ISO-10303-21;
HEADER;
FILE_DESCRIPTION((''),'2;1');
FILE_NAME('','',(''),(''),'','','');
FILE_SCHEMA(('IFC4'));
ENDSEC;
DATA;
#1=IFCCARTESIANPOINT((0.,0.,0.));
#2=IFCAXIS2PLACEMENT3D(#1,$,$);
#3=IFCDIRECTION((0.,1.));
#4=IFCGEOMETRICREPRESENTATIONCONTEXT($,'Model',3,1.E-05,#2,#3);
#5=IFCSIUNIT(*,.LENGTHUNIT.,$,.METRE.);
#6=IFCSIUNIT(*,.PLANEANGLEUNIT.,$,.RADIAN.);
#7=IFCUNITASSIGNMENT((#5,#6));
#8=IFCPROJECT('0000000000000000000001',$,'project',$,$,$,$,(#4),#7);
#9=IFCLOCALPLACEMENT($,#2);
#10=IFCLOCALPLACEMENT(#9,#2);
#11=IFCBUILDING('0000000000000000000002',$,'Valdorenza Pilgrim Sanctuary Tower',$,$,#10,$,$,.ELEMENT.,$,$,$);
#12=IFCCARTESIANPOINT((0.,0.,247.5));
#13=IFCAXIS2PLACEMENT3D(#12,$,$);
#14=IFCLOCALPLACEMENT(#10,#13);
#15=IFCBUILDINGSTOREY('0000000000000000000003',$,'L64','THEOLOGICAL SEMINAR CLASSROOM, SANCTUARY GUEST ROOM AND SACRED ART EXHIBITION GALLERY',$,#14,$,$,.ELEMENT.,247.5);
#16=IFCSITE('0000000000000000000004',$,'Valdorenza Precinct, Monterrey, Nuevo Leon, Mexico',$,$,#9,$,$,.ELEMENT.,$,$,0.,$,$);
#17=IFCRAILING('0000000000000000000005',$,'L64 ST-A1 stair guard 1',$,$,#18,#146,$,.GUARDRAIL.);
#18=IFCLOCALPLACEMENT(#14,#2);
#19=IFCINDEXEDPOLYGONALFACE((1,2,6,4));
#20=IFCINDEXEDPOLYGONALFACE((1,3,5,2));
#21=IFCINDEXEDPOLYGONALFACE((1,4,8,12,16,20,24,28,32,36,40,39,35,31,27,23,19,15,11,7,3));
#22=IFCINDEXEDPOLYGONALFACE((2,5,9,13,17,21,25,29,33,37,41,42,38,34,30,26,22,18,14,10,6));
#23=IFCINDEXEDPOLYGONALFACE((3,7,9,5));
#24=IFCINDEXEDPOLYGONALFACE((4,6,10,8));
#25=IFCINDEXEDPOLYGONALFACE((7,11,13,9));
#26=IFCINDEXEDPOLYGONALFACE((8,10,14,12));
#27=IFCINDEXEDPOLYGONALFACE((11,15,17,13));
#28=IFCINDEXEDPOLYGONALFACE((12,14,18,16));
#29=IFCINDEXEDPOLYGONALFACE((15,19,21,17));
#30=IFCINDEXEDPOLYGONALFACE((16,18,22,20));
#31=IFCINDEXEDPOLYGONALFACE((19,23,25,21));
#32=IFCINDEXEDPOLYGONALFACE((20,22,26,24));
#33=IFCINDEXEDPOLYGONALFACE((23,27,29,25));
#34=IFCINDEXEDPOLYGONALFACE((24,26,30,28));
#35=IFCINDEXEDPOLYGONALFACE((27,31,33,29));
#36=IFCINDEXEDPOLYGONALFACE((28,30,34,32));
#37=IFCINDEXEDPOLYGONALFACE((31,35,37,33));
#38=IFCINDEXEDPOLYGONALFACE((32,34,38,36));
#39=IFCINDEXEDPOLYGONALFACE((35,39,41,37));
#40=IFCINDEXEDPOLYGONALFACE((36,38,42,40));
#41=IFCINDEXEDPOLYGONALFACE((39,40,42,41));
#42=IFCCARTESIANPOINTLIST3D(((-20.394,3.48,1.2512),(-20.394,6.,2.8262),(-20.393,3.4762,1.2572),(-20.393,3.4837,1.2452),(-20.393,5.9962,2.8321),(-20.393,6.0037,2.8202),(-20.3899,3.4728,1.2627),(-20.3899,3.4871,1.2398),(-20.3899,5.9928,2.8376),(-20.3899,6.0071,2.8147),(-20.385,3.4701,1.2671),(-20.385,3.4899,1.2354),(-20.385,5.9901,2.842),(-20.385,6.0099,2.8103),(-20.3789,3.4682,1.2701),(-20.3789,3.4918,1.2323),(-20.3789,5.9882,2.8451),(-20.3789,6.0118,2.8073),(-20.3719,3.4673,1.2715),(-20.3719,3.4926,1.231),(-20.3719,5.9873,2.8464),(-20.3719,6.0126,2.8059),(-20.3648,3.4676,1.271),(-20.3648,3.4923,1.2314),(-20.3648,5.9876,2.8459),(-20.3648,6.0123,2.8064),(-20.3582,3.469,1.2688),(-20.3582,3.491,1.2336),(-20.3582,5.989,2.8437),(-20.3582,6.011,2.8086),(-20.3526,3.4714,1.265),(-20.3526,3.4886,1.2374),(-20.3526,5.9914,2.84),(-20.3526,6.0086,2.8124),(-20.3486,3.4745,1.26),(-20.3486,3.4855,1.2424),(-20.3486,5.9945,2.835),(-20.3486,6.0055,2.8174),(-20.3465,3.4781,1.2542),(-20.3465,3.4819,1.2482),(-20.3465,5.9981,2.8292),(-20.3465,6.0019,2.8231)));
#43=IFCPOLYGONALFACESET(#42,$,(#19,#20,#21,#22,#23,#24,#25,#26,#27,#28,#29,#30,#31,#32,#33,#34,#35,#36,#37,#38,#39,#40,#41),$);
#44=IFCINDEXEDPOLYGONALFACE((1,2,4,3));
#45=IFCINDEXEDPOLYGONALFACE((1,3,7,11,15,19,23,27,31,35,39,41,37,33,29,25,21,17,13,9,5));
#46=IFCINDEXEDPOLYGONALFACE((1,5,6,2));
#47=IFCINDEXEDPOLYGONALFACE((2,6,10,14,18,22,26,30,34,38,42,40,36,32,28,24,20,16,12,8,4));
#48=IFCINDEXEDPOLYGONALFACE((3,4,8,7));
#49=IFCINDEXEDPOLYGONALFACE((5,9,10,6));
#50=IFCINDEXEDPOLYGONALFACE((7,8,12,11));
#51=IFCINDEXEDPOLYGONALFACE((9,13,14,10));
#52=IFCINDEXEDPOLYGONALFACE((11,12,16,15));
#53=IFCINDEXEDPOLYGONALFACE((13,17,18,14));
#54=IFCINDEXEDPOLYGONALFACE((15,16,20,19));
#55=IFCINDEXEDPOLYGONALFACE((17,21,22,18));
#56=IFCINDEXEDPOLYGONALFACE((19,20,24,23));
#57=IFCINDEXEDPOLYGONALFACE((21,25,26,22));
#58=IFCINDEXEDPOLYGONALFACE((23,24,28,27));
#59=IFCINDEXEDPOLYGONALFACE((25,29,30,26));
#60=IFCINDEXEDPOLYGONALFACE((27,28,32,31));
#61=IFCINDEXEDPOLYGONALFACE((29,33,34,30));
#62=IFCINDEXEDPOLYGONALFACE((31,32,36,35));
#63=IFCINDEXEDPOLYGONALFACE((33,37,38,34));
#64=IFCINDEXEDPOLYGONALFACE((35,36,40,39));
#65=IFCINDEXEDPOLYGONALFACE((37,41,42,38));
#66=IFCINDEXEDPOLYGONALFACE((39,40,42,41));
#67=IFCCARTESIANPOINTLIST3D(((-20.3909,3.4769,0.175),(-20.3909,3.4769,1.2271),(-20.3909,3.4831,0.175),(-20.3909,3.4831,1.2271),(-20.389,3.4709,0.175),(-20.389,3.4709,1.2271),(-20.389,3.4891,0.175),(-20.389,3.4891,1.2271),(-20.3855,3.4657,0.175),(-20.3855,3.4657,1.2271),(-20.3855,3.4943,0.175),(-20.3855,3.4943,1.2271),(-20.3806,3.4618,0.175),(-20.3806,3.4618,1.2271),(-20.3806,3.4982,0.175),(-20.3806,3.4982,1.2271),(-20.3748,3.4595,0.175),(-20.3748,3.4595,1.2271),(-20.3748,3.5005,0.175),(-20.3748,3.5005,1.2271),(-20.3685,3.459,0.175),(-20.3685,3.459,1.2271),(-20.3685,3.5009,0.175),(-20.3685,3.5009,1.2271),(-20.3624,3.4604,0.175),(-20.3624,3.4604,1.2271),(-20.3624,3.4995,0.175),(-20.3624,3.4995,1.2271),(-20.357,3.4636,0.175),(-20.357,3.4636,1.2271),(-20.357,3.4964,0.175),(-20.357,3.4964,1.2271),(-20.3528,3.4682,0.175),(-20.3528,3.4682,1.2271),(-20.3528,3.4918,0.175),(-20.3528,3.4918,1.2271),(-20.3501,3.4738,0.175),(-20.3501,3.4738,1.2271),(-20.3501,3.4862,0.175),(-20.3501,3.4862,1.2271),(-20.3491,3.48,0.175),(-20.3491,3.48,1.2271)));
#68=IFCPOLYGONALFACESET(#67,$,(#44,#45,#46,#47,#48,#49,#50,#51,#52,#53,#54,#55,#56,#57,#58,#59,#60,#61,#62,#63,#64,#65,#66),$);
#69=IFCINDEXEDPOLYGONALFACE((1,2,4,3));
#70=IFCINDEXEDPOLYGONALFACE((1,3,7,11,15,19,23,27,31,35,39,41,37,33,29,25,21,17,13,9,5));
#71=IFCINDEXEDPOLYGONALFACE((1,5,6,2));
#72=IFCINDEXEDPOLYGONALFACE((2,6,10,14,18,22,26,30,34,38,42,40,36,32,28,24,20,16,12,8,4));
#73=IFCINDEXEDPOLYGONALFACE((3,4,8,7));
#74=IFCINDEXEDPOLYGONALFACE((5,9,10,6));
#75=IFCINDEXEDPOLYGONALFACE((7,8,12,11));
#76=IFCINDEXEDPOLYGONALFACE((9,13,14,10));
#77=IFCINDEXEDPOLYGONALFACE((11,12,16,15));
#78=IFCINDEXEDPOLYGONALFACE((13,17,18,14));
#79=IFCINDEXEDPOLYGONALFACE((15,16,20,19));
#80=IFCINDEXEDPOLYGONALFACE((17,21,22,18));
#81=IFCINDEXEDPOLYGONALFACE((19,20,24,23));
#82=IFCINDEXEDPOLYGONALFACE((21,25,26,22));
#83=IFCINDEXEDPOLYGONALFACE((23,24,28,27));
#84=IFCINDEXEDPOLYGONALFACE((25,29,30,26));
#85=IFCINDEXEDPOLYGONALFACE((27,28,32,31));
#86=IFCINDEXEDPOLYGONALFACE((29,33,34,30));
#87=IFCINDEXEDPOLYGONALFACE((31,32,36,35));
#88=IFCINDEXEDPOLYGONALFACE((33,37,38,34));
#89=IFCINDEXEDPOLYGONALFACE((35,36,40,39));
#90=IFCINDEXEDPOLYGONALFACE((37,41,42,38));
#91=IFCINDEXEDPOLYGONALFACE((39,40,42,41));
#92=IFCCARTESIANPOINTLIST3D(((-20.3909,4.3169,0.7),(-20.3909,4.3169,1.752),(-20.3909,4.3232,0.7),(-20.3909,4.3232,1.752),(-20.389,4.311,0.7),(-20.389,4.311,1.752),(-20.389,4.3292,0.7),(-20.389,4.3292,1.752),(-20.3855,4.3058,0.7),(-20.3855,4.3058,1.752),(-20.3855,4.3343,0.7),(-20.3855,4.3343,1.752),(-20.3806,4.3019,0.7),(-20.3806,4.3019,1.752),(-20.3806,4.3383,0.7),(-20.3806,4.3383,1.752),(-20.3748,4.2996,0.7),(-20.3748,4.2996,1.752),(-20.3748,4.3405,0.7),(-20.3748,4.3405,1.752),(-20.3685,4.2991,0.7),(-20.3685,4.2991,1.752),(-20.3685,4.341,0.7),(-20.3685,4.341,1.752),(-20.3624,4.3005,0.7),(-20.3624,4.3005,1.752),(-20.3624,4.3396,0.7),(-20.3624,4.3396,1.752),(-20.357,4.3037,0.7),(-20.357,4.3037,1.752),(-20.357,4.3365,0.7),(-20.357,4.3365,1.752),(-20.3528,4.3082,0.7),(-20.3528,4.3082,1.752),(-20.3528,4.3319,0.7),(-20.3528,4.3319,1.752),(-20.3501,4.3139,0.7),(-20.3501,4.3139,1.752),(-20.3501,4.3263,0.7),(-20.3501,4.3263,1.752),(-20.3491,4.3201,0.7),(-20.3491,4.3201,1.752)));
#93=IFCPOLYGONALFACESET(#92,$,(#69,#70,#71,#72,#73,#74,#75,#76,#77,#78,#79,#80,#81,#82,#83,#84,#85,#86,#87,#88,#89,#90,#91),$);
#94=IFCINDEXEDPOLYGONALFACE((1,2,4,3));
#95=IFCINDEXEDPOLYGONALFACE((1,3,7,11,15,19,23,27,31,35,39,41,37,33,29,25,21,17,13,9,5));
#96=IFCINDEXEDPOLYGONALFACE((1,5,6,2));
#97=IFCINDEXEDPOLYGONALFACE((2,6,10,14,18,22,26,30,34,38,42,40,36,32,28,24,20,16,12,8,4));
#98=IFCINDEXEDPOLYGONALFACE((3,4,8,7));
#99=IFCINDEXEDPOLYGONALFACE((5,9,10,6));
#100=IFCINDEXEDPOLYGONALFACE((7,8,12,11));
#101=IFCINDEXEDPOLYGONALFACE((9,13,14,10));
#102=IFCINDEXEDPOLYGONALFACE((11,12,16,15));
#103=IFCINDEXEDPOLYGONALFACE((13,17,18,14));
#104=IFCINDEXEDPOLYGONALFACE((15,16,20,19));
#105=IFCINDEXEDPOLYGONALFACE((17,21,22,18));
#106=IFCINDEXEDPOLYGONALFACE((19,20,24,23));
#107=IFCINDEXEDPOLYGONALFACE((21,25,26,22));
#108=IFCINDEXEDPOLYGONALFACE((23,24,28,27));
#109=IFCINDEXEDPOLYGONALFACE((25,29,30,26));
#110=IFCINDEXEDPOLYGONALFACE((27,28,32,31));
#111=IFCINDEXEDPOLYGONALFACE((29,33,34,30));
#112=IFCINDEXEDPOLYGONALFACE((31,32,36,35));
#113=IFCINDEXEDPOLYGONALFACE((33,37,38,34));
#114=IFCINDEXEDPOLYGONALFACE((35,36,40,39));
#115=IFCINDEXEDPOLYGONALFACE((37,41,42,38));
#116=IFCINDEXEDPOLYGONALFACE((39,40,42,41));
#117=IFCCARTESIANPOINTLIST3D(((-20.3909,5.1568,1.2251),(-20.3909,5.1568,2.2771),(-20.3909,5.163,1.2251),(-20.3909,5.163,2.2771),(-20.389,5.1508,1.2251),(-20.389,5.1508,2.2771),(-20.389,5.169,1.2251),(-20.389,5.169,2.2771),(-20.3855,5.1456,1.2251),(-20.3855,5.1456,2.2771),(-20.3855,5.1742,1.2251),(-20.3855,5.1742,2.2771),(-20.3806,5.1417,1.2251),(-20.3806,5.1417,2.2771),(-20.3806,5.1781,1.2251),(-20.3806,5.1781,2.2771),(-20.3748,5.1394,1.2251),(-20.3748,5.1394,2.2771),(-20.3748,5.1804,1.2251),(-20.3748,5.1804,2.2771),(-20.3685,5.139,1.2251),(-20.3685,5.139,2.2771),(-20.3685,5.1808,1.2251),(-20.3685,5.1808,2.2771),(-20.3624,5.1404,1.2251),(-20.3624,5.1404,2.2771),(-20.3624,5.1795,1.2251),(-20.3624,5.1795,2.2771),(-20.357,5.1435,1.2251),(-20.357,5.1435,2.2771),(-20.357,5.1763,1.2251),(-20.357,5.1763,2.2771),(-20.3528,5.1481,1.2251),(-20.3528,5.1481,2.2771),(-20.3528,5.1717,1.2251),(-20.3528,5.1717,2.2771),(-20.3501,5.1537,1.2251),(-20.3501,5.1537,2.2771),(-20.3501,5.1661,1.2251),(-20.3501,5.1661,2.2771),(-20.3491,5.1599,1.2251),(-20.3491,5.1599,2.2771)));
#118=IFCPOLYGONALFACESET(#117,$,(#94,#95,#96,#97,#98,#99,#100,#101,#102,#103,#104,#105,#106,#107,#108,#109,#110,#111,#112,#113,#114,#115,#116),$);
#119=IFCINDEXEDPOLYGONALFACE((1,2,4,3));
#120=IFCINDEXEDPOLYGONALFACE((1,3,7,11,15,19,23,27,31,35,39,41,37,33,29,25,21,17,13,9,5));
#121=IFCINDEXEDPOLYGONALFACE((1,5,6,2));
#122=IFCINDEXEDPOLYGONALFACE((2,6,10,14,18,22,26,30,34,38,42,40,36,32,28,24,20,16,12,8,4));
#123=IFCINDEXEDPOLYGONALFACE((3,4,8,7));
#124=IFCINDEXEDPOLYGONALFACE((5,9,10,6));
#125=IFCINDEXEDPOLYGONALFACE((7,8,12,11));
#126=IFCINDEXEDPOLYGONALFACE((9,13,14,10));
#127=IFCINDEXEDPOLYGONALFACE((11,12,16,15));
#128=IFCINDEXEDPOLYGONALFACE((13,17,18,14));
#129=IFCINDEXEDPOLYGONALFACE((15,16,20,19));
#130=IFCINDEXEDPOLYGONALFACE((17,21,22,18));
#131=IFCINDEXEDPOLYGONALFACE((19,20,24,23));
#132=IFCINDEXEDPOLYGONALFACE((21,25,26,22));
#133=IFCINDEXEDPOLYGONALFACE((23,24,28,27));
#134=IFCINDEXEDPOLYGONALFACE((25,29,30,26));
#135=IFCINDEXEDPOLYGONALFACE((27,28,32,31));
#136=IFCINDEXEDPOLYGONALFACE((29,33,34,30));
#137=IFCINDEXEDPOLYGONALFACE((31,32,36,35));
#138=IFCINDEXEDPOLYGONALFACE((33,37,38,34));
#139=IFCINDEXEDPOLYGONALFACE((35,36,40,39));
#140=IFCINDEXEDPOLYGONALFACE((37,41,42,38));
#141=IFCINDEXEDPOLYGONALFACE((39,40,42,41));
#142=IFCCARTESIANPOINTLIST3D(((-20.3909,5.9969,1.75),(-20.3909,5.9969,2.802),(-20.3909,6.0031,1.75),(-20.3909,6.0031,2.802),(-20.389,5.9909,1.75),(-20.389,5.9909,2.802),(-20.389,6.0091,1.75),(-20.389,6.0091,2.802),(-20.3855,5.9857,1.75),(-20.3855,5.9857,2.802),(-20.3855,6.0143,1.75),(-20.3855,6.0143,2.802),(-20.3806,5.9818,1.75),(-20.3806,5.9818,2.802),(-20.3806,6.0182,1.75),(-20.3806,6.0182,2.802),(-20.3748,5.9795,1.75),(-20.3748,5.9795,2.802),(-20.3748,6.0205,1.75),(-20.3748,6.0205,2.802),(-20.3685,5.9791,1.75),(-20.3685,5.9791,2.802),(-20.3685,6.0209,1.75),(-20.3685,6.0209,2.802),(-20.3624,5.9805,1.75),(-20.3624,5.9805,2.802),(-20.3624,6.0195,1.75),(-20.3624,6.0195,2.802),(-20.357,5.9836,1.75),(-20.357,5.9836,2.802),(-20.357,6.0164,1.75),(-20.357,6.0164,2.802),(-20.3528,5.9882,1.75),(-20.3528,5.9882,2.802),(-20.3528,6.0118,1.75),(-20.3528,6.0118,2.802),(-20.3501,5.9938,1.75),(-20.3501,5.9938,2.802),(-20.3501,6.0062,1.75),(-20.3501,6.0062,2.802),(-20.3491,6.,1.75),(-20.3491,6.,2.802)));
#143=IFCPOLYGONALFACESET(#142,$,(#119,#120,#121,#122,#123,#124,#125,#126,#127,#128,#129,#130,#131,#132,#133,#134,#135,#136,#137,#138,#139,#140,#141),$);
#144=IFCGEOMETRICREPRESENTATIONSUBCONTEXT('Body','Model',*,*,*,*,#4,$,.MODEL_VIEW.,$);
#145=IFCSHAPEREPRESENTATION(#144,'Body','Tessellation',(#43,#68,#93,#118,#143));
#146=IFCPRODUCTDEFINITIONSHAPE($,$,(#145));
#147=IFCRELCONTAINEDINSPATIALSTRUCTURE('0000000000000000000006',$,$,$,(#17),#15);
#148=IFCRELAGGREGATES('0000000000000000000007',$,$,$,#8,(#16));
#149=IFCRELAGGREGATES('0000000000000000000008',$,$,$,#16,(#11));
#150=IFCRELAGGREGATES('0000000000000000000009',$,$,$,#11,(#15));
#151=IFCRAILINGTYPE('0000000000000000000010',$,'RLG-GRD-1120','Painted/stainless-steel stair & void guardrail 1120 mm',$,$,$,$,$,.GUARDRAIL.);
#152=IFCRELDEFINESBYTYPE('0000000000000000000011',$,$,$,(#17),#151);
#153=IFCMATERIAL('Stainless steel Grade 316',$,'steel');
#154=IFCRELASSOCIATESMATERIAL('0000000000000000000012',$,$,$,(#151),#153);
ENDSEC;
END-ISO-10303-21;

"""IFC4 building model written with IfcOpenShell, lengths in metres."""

from ifc_helpers import new_model, si_unit, direction, frame, origin, origin_2d, place, context, subcontext, project, spatial, circle, extrude, material, type_object, element, save


model = new_model("IFC4")

# Units and contexts
model_context = context("Model", 3, precision=1e-05, world=origin(), true_north=direction((0.0, 1.0)))
body_context = subcontext(model_context, "Body", "Model", "MODEL_VIEW")
ifc_project = project(units=[si_unit("LENGTHUNIT", "METRE"), si_unit("PLANEANGLEUNIT", "RADIAN")], contexts=[model_context])

# Site, building, storey
site_placement = place(None, origin())
site = spatial("IfcSite", under=ifc_project, at=site_placement, Name="Valdorenza Precinct, Monterrey, Nuevo Leon, Mexico", CompositionType="ELEMENT", RefElevation=0.0)
building_placement = place(site_placement, origin())
building = spatial("IfcBuilding", under=site, at=building_placement, Name="Valdorenza Pilgrim Sanctuary Tower", CompositionType="ELEMENT")
storey_placement = place(building_placement, frame((0.0, 0.0, 247.5)))
storey = spatial("IfcBuildingStorey", under=building, at=storey_placement, Name="L64", Description="THEOLOGICAL SEMINAR CLASSROOM, SANCTUARY GUEST ROOM AND SACRED ART EXHIBITION GALLERY", CompositionType="ELEMENT", Elevation=247.5)

# Railing
ifc_material_1 = material(Name="Stainless steel Grade 316", Category="steel")
railing_type_1 = type_object("IfcRailingType", Name="RLG-GRD-1120", Description="Painted/stainless-steel stair & void guardrail 1120 mm", PredefinedType="GUARDRAIL", material=ifc_material_1)
railing_1_placement = place(storey_placement, frame((-20.3701, 3.48, 0.175)))
element("IfcRailing", 1, at=railing_1_placement, inside=storey, type_object=railing_type_1, Name="L64 ST-A1 stair guard 1", PredefinedType="GUARDRAIL", context=body_context, shape_type="SweptSolid", body=[
    extrude(circle(Radius=0.0239, at=origin_2d()), frame((0.0, 0.0, 1.0762), z_axis=(0.0, 0.848008, 0.529984), x_axis=(-1.0, 0.0, 0.0)), (0.0, 0.0, 1.0), 2.9717),
    extrude(circle(Radius=0.021, at=origin_2d()), origin(), (0.0, 0.0, 1.0), 1.052),
    extrude(circle(Radius=0.021, at=origin_2d()), frame((0.0, 0.8401, 0.5249)), (0.0, 0.0, 1.0), 1.052),
    extrude(circle(Radius=0.021, at=origin_2d()), frame((0.0, 1.6799, 1.05)), (0.0, 0.0, 1.0), 1.052),
    extrude(circle(Radius=0.021, at=origin_2d()), frame((0.0, 2.52, 1.575)), (0.0, 0.0, 1.0), 1.052),
])

save(model, "model.ifc")
